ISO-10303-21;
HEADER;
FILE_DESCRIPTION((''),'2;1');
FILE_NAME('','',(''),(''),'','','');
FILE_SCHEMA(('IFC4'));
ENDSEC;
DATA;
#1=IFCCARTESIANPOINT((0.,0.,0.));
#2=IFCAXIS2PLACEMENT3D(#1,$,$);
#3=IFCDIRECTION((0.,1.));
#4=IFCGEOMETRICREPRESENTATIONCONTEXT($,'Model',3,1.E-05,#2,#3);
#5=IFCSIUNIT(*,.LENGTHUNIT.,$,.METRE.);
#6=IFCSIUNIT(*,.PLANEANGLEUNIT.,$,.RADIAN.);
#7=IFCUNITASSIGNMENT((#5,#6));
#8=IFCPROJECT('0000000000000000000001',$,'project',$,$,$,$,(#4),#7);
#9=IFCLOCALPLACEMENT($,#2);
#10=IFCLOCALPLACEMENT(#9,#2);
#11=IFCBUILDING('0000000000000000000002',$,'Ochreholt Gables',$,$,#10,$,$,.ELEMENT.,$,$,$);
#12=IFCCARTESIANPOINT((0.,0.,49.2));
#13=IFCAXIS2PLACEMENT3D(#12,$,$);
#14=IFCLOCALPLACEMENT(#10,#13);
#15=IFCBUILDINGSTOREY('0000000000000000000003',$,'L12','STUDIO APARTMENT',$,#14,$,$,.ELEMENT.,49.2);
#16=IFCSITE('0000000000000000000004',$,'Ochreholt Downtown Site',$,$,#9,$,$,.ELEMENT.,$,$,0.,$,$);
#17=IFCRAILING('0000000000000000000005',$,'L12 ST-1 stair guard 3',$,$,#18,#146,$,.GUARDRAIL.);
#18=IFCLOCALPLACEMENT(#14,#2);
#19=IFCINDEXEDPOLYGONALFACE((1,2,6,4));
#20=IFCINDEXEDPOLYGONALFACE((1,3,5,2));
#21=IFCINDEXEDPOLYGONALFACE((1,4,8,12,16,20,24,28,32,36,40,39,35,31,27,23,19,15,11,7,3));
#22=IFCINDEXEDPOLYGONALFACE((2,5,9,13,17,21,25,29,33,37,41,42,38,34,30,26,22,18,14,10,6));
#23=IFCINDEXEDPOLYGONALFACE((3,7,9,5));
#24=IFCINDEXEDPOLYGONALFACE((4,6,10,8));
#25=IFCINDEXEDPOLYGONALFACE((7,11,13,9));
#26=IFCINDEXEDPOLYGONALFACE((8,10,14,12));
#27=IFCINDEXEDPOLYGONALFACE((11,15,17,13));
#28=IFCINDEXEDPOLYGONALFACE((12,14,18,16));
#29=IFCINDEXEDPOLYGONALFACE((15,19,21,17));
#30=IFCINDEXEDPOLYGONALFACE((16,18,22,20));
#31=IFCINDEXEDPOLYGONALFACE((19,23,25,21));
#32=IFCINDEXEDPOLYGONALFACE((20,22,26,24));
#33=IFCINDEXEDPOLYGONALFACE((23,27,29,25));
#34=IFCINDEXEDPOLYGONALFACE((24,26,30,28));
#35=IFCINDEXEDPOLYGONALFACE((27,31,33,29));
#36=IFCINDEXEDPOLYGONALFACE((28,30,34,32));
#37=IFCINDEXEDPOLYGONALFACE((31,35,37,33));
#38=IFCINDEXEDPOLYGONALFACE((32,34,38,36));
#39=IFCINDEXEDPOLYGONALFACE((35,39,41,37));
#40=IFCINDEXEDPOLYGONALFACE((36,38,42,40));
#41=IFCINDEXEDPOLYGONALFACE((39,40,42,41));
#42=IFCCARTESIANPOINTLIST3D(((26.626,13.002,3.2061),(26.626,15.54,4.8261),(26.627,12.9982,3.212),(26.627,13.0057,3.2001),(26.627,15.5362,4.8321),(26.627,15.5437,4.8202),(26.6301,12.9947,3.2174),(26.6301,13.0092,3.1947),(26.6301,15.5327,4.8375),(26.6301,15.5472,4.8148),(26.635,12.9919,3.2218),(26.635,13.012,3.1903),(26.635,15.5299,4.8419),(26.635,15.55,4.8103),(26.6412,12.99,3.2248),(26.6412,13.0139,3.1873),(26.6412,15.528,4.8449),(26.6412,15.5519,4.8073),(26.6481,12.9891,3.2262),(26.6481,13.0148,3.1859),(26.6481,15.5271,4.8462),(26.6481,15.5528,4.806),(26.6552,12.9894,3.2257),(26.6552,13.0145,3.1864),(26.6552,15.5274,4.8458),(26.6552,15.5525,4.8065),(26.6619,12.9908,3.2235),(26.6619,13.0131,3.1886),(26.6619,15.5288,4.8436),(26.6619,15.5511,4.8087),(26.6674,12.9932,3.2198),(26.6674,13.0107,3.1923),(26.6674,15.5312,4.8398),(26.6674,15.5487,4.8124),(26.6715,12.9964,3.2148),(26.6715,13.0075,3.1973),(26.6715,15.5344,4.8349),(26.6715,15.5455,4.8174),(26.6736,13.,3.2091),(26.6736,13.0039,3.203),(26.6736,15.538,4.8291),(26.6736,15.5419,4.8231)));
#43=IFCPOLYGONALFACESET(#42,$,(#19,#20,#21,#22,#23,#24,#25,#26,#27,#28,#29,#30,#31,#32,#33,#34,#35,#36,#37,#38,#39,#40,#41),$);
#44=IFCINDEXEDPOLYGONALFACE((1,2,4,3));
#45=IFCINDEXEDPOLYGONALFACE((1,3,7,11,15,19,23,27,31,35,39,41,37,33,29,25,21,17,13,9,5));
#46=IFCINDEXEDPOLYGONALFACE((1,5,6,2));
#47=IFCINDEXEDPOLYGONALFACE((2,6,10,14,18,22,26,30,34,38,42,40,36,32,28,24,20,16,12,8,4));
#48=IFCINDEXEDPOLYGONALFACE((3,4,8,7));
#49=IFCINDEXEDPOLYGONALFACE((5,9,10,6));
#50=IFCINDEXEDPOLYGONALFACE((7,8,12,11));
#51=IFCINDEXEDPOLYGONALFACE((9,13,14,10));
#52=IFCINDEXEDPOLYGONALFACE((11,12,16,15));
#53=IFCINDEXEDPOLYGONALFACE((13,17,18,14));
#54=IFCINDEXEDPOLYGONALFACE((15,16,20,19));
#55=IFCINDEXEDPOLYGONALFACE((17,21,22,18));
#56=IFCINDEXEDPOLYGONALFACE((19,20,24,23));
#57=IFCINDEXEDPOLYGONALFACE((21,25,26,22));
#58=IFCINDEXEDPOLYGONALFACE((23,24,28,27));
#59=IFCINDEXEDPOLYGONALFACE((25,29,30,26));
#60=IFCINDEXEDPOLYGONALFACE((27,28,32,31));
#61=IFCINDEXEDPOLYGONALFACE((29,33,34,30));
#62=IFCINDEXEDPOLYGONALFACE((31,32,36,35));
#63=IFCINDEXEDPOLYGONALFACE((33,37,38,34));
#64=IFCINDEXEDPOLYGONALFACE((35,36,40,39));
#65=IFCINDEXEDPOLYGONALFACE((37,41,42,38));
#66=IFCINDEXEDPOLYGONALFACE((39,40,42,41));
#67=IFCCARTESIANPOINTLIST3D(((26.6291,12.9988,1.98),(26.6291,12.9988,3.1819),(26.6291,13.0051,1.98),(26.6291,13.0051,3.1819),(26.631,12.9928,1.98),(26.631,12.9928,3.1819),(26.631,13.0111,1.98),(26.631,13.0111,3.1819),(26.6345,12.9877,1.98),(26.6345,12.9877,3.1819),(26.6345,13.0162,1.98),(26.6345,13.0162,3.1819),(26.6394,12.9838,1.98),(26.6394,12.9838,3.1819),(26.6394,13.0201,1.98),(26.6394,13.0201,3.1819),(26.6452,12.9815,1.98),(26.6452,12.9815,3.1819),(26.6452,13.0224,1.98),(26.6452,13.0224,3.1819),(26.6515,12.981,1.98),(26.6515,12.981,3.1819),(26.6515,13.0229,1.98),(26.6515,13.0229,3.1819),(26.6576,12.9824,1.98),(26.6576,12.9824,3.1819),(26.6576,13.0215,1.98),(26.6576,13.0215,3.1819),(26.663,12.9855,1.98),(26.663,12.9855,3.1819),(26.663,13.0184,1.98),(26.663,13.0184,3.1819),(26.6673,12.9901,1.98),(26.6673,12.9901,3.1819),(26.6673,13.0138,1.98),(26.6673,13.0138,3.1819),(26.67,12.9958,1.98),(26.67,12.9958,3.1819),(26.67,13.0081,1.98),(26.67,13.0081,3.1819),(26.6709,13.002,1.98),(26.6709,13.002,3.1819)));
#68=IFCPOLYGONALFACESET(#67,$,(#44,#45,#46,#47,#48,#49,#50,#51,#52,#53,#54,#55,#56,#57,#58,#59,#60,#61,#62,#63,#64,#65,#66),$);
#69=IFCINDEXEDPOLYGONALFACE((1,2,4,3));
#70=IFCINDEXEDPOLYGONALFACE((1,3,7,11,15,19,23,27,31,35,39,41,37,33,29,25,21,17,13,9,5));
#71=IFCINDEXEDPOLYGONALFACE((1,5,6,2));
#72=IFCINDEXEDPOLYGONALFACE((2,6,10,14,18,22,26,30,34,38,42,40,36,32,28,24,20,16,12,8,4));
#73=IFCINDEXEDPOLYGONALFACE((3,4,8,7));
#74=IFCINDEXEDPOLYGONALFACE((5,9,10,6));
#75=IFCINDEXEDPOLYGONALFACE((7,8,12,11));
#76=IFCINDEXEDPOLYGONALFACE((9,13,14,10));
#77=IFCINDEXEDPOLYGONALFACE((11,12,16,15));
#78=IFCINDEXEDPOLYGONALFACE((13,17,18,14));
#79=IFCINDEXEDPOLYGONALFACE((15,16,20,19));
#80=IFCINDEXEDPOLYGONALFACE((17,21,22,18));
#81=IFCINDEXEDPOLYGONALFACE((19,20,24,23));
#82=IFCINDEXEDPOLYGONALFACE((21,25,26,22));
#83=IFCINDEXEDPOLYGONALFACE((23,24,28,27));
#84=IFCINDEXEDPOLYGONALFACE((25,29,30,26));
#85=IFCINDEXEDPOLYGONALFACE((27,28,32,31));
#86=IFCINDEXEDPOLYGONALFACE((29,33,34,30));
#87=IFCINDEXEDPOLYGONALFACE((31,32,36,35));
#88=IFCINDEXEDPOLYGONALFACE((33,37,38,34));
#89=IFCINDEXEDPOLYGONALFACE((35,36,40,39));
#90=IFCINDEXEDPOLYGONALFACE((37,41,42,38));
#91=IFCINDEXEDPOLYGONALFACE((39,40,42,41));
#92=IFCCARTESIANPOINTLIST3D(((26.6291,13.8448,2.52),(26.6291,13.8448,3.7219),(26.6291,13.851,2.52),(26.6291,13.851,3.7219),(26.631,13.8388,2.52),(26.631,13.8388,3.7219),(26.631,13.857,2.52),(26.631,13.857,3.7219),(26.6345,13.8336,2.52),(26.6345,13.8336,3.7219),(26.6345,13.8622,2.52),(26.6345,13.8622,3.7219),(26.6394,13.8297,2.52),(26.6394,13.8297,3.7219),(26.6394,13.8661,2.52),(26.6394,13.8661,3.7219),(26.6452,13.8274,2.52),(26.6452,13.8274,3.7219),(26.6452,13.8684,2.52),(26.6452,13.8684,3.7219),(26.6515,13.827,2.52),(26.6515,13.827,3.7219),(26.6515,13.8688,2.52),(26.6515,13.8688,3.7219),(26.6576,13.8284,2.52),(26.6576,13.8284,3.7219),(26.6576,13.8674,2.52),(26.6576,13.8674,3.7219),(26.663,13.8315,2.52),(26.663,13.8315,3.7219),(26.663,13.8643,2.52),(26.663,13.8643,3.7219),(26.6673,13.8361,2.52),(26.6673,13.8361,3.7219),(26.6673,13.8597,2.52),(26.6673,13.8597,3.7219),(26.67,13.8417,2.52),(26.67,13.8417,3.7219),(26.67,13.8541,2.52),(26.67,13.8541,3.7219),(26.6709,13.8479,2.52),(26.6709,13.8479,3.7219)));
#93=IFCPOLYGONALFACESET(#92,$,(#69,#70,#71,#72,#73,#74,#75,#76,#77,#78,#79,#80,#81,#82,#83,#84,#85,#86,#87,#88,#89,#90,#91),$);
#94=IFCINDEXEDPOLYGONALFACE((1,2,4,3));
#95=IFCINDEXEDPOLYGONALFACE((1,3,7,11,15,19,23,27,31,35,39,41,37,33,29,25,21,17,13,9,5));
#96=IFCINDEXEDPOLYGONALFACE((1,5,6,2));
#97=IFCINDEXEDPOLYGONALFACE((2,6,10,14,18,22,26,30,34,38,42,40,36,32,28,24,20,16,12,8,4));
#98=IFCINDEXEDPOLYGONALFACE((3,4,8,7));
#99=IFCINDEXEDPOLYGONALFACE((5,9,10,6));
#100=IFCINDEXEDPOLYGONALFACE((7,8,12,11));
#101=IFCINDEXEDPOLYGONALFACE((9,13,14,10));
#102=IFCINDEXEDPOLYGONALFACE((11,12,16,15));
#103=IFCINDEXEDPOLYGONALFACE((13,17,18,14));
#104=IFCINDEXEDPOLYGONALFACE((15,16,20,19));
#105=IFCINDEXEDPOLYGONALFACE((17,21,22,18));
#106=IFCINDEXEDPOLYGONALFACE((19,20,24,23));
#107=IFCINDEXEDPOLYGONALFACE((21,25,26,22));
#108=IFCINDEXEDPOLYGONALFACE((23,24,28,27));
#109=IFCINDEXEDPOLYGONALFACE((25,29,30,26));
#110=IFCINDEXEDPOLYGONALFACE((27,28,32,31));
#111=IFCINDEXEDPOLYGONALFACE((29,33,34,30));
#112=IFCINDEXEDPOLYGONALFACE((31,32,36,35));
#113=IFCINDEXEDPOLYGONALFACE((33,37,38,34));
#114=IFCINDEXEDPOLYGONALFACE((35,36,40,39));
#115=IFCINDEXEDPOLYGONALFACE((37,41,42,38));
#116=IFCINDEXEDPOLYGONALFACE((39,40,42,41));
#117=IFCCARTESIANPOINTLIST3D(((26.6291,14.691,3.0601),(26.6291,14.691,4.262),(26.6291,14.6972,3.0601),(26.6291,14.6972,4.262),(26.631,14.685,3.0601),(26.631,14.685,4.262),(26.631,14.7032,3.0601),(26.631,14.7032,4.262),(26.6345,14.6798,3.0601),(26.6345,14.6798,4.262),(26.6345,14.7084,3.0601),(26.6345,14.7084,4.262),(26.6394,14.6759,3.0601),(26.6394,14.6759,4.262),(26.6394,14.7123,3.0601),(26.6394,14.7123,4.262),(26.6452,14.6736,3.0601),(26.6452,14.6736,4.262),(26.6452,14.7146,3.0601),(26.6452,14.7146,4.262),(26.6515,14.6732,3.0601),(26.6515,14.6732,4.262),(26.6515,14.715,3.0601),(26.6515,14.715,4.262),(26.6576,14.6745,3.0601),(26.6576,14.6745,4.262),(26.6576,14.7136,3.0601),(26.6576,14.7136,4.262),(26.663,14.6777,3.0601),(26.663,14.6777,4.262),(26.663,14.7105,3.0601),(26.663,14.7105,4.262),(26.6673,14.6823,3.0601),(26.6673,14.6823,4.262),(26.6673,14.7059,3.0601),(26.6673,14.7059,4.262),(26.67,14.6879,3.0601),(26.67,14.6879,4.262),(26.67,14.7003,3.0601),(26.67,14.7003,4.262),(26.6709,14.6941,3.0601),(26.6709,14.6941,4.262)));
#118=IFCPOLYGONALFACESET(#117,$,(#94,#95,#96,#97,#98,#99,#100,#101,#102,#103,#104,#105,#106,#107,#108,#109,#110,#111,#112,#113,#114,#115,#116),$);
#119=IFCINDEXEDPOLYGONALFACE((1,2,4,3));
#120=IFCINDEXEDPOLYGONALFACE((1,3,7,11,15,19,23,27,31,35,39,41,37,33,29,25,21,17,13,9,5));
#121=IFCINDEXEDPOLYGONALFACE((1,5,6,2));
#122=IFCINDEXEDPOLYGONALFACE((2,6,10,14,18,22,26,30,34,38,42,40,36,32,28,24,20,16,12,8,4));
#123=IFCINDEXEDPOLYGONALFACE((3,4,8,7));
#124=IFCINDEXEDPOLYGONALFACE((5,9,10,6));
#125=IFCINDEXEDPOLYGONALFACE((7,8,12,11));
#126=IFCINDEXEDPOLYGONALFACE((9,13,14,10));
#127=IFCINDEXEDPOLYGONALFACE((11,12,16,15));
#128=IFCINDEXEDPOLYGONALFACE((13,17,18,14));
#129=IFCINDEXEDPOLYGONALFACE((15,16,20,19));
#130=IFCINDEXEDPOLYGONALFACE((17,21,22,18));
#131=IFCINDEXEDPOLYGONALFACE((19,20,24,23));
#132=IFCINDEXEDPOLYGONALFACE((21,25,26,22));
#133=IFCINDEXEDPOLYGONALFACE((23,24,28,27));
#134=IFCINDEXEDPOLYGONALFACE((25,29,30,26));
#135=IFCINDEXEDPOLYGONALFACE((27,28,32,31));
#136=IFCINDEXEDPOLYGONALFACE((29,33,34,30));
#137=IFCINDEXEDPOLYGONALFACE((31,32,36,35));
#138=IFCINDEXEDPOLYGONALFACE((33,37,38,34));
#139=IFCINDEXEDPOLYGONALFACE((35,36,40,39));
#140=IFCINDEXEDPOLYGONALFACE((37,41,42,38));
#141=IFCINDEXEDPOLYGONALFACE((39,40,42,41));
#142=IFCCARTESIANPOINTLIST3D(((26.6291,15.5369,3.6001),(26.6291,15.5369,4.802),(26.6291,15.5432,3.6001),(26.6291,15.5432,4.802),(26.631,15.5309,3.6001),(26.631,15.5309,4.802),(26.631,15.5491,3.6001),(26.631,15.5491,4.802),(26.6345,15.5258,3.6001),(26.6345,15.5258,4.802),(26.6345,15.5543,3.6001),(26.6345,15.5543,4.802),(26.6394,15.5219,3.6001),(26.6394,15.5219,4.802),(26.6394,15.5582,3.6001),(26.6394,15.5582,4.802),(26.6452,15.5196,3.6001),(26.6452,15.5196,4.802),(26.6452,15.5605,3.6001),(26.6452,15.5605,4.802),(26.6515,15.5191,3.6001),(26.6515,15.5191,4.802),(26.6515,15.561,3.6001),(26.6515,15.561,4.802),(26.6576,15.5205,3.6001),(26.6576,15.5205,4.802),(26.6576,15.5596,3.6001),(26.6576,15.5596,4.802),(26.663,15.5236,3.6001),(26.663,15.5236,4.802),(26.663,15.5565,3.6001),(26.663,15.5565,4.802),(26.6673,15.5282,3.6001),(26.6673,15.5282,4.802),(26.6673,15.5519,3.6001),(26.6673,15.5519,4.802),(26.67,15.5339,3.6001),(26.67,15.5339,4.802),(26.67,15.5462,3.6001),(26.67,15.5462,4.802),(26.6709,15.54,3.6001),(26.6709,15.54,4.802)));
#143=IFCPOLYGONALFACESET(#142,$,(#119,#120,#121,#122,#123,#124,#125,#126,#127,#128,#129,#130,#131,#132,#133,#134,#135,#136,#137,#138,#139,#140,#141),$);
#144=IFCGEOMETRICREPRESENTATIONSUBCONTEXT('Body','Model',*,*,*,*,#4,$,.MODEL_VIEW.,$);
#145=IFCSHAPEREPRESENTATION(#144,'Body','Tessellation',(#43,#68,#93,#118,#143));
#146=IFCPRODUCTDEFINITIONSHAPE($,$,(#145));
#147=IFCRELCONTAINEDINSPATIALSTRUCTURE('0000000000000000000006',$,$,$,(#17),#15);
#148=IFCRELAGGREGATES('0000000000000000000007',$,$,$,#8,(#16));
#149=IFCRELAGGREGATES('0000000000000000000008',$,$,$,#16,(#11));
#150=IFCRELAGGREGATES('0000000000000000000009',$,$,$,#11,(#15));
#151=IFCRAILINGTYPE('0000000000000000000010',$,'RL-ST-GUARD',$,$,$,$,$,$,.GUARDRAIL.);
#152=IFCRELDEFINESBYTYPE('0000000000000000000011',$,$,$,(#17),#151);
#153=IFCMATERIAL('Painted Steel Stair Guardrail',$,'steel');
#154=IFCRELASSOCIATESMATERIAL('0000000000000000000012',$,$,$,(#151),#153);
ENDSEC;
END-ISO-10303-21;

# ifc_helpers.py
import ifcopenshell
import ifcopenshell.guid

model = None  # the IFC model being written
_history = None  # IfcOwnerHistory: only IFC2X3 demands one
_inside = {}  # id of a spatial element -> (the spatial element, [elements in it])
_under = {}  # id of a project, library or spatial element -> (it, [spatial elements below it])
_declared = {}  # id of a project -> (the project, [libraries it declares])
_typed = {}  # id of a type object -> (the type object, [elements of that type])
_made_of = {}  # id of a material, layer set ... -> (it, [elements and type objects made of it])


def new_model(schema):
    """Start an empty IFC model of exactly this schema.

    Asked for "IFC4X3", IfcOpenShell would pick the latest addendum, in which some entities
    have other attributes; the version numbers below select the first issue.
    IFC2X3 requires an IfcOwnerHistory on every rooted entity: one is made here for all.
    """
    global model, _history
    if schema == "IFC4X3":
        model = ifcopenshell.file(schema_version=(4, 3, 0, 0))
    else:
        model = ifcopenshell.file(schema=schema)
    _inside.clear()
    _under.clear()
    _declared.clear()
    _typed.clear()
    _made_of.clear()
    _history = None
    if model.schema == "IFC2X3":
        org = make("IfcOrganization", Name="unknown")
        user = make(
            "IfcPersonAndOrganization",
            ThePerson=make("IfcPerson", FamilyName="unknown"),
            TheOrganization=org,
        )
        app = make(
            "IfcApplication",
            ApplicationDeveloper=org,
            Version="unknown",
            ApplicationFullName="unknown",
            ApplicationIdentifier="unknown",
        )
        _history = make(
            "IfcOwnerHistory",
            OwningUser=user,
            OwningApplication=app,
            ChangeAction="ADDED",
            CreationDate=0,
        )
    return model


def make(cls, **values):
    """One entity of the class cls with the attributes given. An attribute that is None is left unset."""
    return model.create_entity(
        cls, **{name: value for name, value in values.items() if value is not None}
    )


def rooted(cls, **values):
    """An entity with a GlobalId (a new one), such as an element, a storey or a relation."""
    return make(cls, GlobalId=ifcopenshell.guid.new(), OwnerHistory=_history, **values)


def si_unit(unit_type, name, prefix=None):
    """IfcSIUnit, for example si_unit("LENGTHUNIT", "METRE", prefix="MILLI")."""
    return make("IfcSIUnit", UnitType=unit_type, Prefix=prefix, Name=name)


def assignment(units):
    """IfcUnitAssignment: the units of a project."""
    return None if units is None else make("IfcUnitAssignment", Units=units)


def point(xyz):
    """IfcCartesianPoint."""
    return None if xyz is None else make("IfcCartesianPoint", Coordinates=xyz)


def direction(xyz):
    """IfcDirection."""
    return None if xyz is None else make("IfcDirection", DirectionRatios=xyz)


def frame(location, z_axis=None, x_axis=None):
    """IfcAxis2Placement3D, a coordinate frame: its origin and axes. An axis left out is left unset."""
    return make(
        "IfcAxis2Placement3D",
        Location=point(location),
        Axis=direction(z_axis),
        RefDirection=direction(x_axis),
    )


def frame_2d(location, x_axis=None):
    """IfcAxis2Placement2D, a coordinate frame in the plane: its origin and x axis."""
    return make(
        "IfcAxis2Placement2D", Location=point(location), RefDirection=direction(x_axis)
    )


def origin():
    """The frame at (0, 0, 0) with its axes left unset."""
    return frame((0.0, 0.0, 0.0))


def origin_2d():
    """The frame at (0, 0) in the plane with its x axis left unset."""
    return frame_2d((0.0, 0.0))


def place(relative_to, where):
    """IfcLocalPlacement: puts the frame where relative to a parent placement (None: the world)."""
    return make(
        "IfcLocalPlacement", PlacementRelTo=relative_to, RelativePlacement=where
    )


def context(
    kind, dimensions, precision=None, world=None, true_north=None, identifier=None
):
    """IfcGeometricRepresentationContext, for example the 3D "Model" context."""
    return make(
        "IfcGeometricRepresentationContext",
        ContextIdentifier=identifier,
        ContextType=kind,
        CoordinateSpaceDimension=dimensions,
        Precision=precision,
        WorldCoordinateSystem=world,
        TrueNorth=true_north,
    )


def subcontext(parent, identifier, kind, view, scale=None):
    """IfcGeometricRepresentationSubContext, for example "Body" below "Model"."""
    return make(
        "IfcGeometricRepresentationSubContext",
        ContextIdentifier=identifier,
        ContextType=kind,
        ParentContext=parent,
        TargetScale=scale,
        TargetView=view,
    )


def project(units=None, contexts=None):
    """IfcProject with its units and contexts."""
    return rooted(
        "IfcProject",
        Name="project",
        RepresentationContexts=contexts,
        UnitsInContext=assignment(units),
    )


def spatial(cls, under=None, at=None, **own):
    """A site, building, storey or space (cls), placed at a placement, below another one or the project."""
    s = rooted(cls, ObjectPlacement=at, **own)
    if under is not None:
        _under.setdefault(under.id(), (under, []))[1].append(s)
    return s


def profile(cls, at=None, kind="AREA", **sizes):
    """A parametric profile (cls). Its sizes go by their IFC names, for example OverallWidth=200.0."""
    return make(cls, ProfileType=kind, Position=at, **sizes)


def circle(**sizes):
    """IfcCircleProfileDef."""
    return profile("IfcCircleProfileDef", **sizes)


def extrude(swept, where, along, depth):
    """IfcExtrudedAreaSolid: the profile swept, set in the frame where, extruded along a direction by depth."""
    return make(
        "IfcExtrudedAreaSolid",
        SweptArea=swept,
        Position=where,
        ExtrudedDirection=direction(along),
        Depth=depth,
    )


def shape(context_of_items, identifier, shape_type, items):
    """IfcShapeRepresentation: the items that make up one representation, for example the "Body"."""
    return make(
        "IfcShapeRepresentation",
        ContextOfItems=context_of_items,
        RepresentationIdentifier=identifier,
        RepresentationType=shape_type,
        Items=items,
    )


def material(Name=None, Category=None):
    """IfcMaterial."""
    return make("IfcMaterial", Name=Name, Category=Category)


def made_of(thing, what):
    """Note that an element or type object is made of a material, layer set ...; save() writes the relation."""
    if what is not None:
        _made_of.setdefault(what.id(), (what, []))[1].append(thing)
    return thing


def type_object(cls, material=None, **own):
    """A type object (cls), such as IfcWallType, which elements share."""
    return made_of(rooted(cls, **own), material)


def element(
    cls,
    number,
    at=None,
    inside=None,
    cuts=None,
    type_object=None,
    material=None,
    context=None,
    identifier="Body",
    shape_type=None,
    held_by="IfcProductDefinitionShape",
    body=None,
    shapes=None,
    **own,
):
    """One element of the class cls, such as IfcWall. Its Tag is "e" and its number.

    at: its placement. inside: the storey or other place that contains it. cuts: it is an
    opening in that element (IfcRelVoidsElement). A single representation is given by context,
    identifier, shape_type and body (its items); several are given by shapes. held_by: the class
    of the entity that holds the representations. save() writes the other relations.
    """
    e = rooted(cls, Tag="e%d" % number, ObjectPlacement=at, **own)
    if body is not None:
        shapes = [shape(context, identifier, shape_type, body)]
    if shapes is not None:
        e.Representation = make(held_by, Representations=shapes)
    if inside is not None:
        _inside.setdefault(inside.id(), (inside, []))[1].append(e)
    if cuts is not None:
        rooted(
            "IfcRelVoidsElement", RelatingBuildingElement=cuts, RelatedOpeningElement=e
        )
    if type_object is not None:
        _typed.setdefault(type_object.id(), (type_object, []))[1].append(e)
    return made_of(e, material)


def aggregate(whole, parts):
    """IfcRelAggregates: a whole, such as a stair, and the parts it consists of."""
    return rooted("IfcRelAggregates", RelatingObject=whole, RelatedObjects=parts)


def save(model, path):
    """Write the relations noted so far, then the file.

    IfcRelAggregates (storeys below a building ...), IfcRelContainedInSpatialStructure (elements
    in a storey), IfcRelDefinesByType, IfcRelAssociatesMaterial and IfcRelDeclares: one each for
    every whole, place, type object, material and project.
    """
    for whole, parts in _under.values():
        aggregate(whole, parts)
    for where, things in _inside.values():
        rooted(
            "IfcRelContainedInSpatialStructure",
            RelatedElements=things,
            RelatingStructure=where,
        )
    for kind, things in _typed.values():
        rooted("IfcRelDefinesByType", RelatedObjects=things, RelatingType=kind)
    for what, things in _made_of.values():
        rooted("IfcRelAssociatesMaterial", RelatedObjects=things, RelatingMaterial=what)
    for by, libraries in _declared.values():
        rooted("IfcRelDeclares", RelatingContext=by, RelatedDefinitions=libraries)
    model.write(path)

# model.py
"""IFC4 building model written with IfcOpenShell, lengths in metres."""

from ifc_helpers import new_model, si_unit, direction, frame, origin, origin_2d, place, context, subcontext, project, spatial, circle, extrude, material, type_object, element, save


model = new_model("IFC4")

# Units and contexts
model_context = context("Model", 3, precision=1e-05, world=origin(), true_north=direction((0.0, 1.0)))
body_context = subcontext(model_context, "Body", "Model", "MODEL_VIEW")
ifc_project = project(units=[si_unit("LENGTHUNIT", "METRE"), si_unit("PLANEANGLEUNIT", "RADIAN")], contexts=[model_context])

# Site, building, storey
site_placement = place(None, origin())
site = spatial("IfcSite", under=ifc_project, at=site_placement, Name="Ochreholt Downtown Site", CompositionType="ELEMENT", RefElevation=0.0)
building_placement = place(site_placement, origin())
building = spatial("IfcBuilding", under=site, at=building_placement, Name="Ochreholt Gables", CompositionType="ELEMENT")
storey_placement = place(building_placement, frame((0.0, 0.0, 49.2)))
storey = spatial("IfcBuildingStorey", under=building, at=storey_placement, Name="L12", Description="STUDIO APARTMENT", CompositionType="ELEMENT", Elevation=49.2)

# Railing
ifc_material_1 = material(Name="Painted Steel Stair Guardrail", Category="steel")
railing_type_1 = type_object("IfcRailingType", Name="RL-ST-GUARD", PredefinedType="GUARDRAIL", material=ifc_material_1)
railing_1_placement = place(storey_placement, frame((26.6499, 13.002, 1.98)))
element("IfcRailing", 1, at=railing_1_placement, inside=storey, type_object=railing_type_1, Name="L12 ST-1 stair guard 3", PredefinedType="GUARDRAIL", context=body_context, shape_type="SweptSolid", body=[
    extrude(circle(Radius=0.0239, at=origin_2d()), frame((0.0, 0.0, 1.2261), z_axis=(0.0, 0.842913, 0.53805), x_axis=(-1.0, 0.0, 0.0)), (0.0, 0.0, 1.0), 3.011),
    extrude(circle(Radius=0.021, at=origin_2d()), origin(), (0.0, 0.0, 1.0), 1.2019),
    extrude(circle(Radius=0.021, at=origin_2d()), frame((0.0, 0.8459, 0.54)), (0.0, 0.0, 1.0), 1.2019),
    extrude(circle(Radius=0.021, at=origin_2d()), frame((0.0, 1.6921, 1.0801)), (0.0, 0.0, 1.0), 1.2019),
    extrude(circle(Radius=0.021, at=origin_2d()), frame((0.0, 2.5381, 1.6201)), (0.0, 0.0, 1.0), 1.2019),
])

save(model, "model.ifc")
